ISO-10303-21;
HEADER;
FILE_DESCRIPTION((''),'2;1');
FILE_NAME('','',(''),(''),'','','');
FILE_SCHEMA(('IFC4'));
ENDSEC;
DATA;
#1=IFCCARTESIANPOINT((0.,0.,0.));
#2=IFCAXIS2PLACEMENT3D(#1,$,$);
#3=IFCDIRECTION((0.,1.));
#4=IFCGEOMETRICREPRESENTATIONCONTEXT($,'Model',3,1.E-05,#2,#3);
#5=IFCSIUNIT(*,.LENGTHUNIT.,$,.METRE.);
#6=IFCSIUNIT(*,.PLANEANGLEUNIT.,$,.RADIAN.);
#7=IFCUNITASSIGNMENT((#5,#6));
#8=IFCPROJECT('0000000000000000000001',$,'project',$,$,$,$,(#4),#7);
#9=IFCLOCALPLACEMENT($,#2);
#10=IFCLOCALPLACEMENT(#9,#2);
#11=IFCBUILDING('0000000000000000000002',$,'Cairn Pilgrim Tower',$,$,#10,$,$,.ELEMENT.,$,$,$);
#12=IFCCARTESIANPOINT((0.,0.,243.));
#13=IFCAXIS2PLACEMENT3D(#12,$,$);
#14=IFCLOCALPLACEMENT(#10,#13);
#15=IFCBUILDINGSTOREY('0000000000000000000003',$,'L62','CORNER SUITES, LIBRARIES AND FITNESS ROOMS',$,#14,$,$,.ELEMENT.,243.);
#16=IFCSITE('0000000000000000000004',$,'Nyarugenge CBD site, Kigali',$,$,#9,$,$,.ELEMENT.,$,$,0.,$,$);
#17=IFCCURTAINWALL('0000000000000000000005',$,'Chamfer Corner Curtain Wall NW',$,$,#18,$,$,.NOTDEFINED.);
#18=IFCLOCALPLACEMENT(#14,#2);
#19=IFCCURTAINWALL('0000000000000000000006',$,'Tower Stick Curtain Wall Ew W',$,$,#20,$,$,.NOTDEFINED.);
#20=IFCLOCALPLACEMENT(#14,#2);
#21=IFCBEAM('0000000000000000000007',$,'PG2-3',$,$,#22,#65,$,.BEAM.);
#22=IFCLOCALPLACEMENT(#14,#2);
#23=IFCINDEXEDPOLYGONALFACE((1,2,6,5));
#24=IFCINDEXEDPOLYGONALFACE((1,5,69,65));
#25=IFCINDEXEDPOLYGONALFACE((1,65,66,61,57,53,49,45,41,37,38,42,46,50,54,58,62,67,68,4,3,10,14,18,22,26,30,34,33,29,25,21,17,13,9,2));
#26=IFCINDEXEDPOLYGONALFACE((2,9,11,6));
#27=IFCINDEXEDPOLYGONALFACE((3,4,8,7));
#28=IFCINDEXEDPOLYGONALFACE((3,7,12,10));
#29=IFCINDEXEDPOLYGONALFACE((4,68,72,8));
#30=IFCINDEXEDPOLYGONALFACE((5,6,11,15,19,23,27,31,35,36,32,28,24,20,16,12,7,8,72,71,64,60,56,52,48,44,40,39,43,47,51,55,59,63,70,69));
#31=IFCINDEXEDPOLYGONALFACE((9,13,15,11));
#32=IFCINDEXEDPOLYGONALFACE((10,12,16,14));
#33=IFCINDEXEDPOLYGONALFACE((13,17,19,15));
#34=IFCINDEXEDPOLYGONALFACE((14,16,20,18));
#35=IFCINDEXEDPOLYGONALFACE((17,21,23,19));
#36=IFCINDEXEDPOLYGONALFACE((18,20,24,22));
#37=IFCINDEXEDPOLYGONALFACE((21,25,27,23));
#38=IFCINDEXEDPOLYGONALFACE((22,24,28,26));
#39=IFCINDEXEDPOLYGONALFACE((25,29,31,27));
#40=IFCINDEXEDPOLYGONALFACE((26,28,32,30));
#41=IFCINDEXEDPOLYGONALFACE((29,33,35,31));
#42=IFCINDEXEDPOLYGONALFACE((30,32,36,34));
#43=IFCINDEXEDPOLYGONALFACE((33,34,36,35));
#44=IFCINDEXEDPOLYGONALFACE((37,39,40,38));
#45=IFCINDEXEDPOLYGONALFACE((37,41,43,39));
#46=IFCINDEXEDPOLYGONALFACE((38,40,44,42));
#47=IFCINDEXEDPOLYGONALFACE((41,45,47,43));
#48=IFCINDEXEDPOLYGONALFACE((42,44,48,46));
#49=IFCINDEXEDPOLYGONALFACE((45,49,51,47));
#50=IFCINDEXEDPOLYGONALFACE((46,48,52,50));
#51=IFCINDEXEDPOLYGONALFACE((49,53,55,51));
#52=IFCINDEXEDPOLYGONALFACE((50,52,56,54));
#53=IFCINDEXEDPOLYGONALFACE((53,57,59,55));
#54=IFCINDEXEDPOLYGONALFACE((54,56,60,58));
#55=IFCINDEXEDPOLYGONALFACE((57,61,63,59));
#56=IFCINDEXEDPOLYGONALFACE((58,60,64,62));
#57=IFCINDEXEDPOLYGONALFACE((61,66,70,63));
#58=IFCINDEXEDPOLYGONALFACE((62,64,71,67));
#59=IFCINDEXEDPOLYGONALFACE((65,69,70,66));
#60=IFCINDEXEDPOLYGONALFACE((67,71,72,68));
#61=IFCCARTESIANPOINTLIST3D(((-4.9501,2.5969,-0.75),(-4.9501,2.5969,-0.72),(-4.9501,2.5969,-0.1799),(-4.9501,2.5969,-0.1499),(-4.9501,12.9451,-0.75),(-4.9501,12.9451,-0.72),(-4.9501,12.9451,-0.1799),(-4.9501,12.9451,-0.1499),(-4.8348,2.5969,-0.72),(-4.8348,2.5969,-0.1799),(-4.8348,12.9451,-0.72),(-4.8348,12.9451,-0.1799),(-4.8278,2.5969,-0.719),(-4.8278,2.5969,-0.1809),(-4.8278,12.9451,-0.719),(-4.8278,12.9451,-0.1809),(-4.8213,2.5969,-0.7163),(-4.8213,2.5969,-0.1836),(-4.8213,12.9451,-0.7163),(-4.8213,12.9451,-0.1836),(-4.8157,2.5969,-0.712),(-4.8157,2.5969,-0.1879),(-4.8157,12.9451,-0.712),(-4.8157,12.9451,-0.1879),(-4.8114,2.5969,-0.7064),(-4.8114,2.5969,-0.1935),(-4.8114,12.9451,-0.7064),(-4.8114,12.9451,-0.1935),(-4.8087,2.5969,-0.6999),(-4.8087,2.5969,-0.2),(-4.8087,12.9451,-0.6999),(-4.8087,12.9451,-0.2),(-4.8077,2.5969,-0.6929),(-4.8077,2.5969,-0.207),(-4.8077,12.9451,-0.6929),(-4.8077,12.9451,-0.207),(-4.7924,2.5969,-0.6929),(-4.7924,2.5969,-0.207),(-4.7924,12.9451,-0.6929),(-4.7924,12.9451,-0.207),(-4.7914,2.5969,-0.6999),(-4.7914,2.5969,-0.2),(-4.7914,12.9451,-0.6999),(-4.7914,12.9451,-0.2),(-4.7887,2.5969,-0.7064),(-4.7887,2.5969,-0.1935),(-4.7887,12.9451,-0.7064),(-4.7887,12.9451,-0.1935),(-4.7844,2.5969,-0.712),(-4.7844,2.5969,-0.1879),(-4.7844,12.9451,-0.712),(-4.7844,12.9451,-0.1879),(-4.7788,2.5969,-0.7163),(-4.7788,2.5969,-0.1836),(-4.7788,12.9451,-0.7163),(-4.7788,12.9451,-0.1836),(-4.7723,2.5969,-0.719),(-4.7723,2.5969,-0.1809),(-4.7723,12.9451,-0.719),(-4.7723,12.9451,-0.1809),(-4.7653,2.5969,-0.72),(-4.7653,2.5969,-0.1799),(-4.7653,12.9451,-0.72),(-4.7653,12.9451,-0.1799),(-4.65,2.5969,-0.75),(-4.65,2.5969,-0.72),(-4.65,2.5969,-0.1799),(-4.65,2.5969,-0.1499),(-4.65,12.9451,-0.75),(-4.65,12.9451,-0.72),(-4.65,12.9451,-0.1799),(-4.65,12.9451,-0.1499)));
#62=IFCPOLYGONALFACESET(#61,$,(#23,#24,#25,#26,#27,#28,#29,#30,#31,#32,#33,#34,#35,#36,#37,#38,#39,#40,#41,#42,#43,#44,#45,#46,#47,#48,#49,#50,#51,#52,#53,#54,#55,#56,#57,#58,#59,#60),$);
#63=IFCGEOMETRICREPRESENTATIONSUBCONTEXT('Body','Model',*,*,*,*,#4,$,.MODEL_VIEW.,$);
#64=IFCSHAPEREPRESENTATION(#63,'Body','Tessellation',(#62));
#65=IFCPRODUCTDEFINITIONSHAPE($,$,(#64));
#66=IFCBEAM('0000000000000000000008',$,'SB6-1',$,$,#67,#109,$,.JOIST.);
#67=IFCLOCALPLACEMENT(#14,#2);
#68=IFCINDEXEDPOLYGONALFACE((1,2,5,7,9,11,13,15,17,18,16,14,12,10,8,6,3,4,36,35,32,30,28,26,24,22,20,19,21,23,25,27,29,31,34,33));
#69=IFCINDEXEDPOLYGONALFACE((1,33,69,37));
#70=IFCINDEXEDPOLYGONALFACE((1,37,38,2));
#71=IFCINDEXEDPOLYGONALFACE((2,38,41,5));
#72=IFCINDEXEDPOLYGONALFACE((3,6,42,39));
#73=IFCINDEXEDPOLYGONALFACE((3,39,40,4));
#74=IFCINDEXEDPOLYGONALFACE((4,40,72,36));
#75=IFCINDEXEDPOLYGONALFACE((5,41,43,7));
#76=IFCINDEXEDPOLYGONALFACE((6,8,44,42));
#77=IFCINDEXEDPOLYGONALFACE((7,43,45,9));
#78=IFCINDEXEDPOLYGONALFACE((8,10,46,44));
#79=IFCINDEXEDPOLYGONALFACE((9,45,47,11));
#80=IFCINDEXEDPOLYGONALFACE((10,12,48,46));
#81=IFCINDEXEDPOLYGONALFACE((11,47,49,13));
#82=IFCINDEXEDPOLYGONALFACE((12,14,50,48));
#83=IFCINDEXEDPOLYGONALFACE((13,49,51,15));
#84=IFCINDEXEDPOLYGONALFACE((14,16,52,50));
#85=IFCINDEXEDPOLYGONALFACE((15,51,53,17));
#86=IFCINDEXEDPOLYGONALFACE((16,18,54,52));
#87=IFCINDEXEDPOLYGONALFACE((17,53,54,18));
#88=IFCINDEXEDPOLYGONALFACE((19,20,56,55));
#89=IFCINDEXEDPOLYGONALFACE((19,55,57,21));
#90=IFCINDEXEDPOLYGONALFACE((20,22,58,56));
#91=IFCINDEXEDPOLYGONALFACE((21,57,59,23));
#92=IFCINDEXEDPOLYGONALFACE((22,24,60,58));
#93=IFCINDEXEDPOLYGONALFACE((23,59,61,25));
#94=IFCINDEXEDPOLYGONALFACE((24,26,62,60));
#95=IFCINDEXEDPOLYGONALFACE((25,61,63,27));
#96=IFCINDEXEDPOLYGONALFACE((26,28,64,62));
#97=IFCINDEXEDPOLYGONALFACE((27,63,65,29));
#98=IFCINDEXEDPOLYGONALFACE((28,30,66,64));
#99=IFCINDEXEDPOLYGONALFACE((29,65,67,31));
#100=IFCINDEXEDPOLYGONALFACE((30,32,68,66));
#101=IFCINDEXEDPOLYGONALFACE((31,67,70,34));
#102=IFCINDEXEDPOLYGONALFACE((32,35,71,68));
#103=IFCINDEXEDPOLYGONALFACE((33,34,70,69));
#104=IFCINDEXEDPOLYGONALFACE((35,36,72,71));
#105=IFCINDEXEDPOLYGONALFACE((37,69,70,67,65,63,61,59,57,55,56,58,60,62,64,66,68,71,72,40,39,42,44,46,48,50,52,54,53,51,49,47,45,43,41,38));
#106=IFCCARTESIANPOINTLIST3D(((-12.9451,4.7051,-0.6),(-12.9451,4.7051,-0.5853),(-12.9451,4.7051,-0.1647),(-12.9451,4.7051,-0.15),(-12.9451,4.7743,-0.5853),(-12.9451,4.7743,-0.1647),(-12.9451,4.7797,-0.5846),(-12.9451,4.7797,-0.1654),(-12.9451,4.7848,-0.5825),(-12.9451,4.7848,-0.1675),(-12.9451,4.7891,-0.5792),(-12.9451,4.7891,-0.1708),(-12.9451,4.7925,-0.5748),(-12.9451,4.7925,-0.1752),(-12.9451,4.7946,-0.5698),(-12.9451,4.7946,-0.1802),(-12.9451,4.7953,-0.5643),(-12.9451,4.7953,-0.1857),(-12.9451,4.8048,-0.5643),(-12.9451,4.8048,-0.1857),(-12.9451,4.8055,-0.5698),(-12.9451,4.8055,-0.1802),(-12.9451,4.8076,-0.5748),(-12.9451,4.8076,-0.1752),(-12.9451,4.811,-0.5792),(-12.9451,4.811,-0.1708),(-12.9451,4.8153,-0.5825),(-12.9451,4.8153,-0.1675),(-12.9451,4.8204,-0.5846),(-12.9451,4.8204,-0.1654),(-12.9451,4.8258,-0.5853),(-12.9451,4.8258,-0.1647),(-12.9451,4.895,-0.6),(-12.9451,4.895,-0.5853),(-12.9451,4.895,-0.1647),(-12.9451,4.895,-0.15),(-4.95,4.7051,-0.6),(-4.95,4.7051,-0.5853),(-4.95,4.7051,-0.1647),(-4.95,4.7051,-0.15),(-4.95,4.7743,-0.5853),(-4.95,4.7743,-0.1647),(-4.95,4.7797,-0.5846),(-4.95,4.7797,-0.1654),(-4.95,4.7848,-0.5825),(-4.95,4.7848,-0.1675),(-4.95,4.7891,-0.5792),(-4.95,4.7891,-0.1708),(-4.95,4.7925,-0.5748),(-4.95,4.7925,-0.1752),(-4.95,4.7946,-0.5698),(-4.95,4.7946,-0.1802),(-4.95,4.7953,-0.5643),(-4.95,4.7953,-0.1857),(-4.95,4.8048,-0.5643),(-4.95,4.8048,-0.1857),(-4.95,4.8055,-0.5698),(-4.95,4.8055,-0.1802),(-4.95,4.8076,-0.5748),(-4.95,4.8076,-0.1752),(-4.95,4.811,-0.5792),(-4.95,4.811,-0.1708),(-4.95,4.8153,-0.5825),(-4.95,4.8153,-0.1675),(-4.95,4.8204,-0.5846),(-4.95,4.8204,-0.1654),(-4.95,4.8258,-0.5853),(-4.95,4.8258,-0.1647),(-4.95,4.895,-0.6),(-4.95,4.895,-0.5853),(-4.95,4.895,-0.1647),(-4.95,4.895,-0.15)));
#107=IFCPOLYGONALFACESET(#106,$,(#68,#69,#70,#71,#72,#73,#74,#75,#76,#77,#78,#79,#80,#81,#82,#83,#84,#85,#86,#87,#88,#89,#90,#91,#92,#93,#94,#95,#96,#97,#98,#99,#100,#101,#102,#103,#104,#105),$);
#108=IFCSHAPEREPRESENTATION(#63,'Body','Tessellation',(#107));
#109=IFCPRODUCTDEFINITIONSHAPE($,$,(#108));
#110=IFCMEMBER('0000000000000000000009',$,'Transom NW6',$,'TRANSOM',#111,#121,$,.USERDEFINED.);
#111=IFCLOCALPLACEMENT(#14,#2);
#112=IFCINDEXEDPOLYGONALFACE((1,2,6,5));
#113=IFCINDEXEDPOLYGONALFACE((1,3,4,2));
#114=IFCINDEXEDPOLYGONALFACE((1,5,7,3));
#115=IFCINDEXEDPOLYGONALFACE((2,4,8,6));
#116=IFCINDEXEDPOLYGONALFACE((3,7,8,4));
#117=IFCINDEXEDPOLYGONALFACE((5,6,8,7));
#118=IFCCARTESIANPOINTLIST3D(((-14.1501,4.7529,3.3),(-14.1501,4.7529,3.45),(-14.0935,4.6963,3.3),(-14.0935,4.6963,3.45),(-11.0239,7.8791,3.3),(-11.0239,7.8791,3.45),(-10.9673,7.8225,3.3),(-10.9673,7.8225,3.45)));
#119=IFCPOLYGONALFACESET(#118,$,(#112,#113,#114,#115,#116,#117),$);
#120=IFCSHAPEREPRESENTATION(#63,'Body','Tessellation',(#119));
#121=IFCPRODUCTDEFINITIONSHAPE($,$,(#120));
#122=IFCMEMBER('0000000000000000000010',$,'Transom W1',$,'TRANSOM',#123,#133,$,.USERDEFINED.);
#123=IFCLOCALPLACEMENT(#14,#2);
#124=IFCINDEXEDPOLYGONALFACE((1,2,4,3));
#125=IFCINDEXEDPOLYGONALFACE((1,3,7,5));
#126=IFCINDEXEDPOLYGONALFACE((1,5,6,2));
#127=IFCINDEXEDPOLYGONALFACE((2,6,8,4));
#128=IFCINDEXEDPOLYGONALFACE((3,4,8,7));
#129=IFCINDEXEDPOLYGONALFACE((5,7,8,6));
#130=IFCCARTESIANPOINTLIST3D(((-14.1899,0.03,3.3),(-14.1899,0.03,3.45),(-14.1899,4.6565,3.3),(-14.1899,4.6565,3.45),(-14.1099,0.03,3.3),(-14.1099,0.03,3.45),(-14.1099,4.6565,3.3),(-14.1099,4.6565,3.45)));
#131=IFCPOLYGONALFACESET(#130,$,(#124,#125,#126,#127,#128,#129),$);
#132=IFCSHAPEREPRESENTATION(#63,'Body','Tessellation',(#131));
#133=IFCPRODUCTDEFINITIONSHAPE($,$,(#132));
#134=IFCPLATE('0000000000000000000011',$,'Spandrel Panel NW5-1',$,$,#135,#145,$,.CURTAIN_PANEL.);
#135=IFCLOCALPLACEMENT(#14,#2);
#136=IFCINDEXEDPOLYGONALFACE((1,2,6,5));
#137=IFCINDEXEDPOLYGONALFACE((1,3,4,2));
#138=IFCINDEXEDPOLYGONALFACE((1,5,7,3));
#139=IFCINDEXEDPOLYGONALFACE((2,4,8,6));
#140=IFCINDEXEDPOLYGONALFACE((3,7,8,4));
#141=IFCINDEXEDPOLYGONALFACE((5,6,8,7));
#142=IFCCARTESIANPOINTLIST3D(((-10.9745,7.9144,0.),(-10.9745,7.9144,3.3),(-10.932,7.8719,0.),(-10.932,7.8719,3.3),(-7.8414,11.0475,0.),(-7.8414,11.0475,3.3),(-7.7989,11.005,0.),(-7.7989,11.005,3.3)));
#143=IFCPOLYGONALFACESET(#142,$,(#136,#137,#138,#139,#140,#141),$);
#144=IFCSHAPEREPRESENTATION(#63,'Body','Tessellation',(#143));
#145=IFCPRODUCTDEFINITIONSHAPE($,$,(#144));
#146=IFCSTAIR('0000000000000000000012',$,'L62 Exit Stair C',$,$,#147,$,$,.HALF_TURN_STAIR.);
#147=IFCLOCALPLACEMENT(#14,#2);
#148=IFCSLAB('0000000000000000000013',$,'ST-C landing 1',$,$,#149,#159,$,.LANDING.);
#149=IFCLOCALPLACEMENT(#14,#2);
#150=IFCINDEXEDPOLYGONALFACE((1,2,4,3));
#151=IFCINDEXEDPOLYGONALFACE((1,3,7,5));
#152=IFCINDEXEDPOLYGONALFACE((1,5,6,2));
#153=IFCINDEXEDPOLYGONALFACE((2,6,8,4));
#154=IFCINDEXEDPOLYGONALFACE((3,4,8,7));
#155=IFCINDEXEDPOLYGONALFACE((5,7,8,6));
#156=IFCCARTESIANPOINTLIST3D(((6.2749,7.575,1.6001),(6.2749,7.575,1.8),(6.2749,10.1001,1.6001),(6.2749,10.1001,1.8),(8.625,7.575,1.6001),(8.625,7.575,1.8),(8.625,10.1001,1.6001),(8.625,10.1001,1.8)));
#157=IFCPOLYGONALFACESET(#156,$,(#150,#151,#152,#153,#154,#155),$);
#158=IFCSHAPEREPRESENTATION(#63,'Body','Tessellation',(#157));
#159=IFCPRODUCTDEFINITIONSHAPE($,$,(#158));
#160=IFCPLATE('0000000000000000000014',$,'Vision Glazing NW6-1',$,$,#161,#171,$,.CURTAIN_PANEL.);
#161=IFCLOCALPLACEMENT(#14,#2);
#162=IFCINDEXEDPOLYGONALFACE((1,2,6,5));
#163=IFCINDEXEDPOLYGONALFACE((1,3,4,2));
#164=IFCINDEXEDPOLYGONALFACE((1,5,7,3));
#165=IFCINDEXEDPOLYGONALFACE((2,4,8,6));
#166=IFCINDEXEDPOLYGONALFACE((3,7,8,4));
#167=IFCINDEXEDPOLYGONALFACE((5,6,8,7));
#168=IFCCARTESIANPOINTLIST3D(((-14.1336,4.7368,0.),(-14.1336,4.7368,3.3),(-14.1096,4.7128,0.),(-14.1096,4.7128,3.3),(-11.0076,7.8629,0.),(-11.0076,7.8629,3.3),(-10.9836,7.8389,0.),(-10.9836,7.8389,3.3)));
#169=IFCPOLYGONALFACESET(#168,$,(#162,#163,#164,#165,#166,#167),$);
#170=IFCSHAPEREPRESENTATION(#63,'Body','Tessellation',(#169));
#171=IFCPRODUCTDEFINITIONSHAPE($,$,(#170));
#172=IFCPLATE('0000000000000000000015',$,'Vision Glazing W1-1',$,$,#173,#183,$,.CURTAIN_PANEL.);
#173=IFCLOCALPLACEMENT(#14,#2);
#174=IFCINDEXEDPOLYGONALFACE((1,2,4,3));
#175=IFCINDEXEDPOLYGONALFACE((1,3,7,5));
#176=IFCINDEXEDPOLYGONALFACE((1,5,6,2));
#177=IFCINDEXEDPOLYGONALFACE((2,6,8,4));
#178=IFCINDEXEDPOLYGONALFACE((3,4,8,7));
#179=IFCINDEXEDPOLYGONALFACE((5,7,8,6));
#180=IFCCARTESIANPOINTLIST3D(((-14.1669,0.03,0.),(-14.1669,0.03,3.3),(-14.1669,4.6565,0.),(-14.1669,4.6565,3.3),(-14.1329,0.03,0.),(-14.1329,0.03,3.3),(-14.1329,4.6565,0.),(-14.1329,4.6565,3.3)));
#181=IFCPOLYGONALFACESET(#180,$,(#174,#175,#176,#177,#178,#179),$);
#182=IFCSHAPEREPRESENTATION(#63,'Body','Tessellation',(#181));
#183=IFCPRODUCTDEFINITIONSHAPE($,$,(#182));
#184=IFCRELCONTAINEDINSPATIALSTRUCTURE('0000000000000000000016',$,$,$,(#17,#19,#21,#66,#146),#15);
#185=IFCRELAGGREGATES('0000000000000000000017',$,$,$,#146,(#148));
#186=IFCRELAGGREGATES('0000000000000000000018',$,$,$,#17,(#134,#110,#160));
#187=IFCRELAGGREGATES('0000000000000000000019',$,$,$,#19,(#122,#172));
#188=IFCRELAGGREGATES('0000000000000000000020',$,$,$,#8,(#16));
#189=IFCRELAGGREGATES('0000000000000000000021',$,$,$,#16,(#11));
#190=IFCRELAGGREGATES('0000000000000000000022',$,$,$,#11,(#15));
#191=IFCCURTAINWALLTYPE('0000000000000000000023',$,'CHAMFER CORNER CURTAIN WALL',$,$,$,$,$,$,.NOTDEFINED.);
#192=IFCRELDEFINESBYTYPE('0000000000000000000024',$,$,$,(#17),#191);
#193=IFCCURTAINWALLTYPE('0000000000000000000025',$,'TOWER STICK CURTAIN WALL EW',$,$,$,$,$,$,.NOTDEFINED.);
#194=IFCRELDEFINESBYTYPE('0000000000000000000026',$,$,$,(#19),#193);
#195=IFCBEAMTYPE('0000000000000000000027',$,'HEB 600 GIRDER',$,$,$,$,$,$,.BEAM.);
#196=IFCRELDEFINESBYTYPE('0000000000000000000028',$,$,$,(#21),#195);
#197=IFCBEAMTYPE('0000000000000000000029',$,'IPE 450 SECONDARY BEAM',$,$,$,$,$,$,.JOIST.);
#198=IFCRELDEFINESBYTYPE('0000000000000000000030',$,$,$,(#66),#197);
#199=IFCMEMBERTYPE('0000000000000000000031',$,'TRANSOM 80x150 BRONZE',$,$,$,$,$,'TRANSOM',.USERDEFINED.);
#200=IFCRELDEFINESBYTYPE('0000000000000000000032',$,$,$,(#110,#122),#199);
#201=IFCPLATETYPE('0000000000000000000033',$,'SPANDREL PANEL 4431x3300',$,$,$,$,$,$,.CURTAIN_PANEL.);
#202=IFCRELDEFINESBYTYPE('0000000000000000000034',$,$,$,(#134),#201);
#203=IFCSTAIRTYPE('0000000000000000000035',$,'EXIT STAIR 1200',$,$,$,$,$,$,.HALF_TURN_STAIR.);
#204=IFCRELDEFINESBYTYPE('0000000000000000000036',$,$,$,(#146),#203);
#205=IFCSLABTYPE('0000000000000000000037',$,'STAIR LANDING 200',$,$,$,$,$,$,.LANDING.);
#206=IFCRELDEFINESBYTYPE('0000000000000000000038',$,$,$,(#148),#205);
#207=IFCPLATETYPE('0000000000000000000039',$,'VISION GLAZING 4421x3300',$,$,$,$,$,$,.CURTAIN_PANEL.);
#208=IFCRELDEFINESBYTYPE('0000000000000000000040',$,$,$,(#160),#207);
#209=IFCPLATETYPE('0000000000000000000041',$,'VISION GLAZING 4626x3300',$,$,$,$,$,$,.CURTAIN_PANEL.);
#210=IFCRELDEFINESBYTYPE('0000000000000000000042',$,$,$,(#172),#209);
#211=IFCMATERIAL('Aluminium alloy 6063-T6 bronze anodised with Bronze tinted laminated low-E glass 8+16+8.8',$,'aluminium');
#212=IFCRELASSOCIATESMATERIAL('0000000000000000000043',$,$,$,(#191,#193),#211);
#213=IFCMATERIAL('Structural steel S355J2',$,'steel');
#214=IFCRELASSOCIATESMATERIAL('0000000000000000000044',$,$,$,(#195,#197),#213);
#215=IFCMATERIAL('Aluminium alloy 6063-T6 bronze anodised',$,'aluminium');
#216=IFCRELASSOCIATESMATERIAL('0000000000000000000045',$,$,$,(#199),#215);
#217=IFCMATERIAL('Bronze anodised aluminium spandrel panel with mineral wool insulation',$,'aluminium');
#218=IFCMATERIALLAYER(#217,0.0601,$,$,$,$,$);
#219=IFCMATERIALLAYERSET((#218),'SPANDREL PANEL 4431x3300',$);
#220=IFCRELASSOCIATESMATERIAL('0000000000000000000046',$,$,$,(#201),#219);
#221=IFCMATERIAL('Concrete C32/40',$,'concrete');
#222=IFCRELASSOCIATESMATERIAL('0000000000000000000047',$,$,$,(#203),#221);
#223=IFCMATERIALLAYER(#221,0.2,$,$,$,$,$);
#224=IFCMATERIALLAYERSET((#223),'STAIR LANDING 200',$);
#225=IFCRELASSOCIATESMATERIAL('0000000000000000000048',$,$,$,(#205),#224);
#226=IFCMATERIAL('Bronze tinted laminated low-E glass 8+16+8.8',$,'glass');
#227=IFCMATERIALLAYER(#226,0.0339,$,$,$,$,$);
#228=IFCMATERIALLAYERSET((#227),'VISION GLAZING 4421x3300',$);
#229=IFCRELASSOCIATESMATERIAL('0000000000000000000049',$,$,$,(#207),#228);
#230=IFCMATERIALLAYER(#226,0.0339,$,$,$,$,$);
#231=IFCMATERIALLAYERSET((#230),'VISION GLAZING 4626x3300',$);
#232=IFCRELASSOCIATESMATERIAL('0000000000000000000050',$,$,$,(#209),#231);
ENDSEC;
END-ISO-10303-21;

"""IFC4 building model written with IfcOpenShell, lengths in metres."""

from ifc_helpers import new_model, si_unit, direction, frame, origin, origin_2d, place, context, subcontext, project, spatial, polyline, rectangle, i_section, outline, extrude, material, layer, layer_set, material_profile, profile_set, type_object, element, aggregate, save


model = new_model("IFC4")

# Units and contexts
model_context = context("Model", 3, precision=1e-05, world=origin(), true_north=direction((0.0, 1.0)))
body_context = subcontext(model_context, "Body", "Model", "MODEL_VIEW")
ifc_project = project(units=[si_unit("LENGTHUNIT", "METRE"), si_unit("PLANEANGLEUNIT", "RADIAN")], contexts=[model_context])

# Site, building, storey
site_placement = place(None, origin())
site = spatial("IfcSite", under=ifc_project, at=site_placement, Name="Nyarugenge CBD site, Kigali", CompositionType="ELEMENT", RefElevation=0.0)
building_placement = place(site_placement, origin())
building = spatial("IfcBuilding", under=site, at=building_placement, Name="Cairn Pilgrim Tower", CompositionType="ELEMENT")
storey_placement = place(building_placement, frame((0.0, 0.0, 243.0)))
storey = spatial("IfcBuildingStorey", under=building, at=storey_placement, Name="L62", Description="CORNER SUITES, LIBRARIES AND FITNESS ROOMS", CompositionType="ELEMENT", Elevation=243.0)

# Shared definitions
ifc_material_1 = material(Name="Structural steel S355J2", Category="steel")

# Curtain walls
ifc_material_2 = material(Name="Aluminium alloy 6063-T6 bronze anodised with Bronze tinted laminated low-E glass 8+16+8.8", Category="aluminium")
curtain_wall_type_1 = type_object("IfcCurtainWallType", Name="CHAMFER CORNER CURTAIN WALL", PredefinedType="NOTDEFINED", material=ifc_material_2)
curtain_wall_1_placement = place(storey_placement, origin())
curtain_wall_1 = element("IfcCurtainWall", 1, at=curtain_wall_1_placement, inside=storey, type_object=curtain_wall_type_1, Name="Chamfer Corner Curtain Wall NW", PredefinedType="NOTDEFINED")
ifc_material_3 = material(Name="Aluminium alloy 6063-T6 bronze anodised", Category="aluminium")
curtain_wall_type_2 = type_object("IfcCurtainWallType", Name="TOWER STICK CURTAIN WALL EW", PredefinedType="NOTDEFINED", material=ifc_material_2)
curtain_wall_2_placement = place(storey_placement, origin())
curtain_wall_2 = element("IfcCurtainWall", 2, at=curtain_wall_2_placement, inside=storey, type_object=curtain_wall_type_2, Name="Tower Stick Curtain Wall Ew W", PredefinedType="NOTDEFINED")

# Beams
ifc_material_profile_1 = material_profile(ifc_material_1, i_section(OverallWidth=0.3, OverallDepth=0.6001, WebThickness=0.0154, FlangeThickness=0.03, FilletRadius=0.0271, at=origin_2d()), Name="HEB 600")
ifc_profile_set_1 = profile_set([ifc_material_profile_1], Name="Structural steel S355J2")
beam_type_1 = type_object("IfcBeamType", Name="HEB 600 GIRDER", PredefinedType="BEAM", material=ifc_profile_set_1)
beam_1_placement = place(storey_placement, frame((-4.8, 2.5969, -0.45), z_axis=(0.0, 1.0, 0.0), x_axis=(-1.0, 0.0, 0.0)))
element("IfcBeam", 3, at=beam_1_placement, inside=storey, type_object=beam_type_1, Name="PG2-3", PredefinedType="BEAM", context=body_context, shape_type="SweptSolid", body=[
    extrude(i_section(OverallWidth=0.3, OverallDepth=0.6001, WebThickness=0.0154, FlangeThickness=0.03, FilletRadius=0.0271, at=origin_2d()), origin(), (0.0, 0.0, 1.0), 10.3481),
])
ifc_material_profile_2 = material_profile(ifc_material_1, i_section(OverallWidth=0.1899, OverallDepth=0.45, WebThickness=0.0095, FlangeThickness=0.0146, FilletRadius=0.021, at=origin_2d()), Name="IPE 450")
ifc_profile_set_2 = profile_set([ifc_material_profile_2], Name="Structural steel S355J2")
beam_type_2 = type_object("IfcBeamType", Name="IPE 450 SECONDARY BEAM", PredefinedType="JOIST", material=ifc_profile_set_2)
beam_2_placement = place(storey_placement, frame((-12.9451, 4.8, -0.375), z_axis=(1.0, 0.0, 0.0), x_axis=(0.0, 1.0, 0.0)))
element("IfcBeam", 4, at=beam_2_placement, inside=storey, type_object=beam_type_2, Name="SB6-1", PredefinedType="JOIST", context=body_context, shape_type="SweptSolid", body=[
    extrude(i_section(OverallWidth=0.1899, OverallDepth=0.45, WebThickness=0.0095, FlangeThickness=0.0146, FilletRadius=0.021, at=origin_2d()), origin(), (0.0, 0.0, 1.0), 7.9951),
])

# Members
ifc_material_profile_3 = material_profile(ifc_material_3, rectangle(XDim=0.0801, YDim=0.1499, at=origin_2d()), Name="TRANSOM 80x150 BRONZE")
ifc_profile_set_3 = profile_set([ifc_material_profile_3], Name="Aluminium alloy 6063-T6 bronze anodised")
member_type_1 = type_object("IfcMemberType", Name="TRANSOM 80x150 BRONZE", ElementType="TRANSOM", PredefinedType="USERDEFINED", material=ifc_profile_set_3)
member_1_placement = place(storey_placement, frame((-10.9956, 7.8508, 3.375), z_axis=(-0.707107, -0.707107, 0.0), x_axis=(0.707107, -0.707107, 0.0)))
member_1 = element("IfcMember", 5, at=member_1_placement, type_object=member_type_1, Name="Transom NW6", ObjectType="TRANSOM", PredefinedType="USERDEFINED", context=body_context, shape_type="SweptSolid", body=[
    extrude(rectangle(XDim=0.0801, YDim=0.1499, at=origin_2d()), origin(), (0.0, 0.0, 1.0), 4.4211),
])
member_2_placement = place(storey_placement, frame((-14.1499, 4.6565, 3.375), z_axis=(0.0, -1.0, 0.0), x_axis=(1.0, 0.0, 0.0)))
member_2 = element("IfcMember", 6, at=member_2_placement, type_object=member_type_1, Name="Transom W1", ObjectType="TRANSOM", PredefinedType="USERDEFINED", context=body_context, shape_type="SweptSolid", body=[
    extrude(rectangle(XDim=0.0801, YDim=0.1499, at=origin_2d()), origin(), (0.0, 0.0, 1.0), 4.6265),
])

# Plate
ifc_material_4 = material(Name="Bronze anodised aluminium spandrel panel with mineral wool insulation", Category="aluminium")
ifc_layer_1 = layer(ifc_material_4, 0.0601)
ifc_layer_set_1 = layer_set([ifc_layer_1], Name="SPANDREL PANEL 4431x3300")
plate_type_1 = type_object("IfcPlateType", Name="SPANDREL PANEL 4431x3300", PredefinedType="CURTAIN_PANEL", material=ifc_layer_set_1)
plate_1_placement = place(storey_placement, frame((-9.3867, 9.4597, 0.0), z_axis=(0.0, 0.0, 1.0), x_axis=(-0.707107, -0.707107, 0.0)))
plate_1 = element("IfcPlate", 7, at=plate_1_placement, type_object=plate_type_1, Name="Spandrel Panel NW5-1", PredefinedType="CURTAIN_PANEL", context=body_context, shape_type="SweptSolid", body=[
    extrude(rectangle(XDim=4.4309, YDim=0.0601, at=origin_2d()), origin(), (0.0, 0.0, 1.0), 3.3),
])

# Stair, slab
ifc_material_5 = material(Name="Concrete C32/40", Category="concrete")
stair_type = type_object("IfcStairType", Name="EXIT STAIR 1200", PredefinedType="HALF_TURN_STAIR", material=ifc_material_5)
stair_placement = place(storey_placement, origin())
stair = element("IfcStair", 8, at=stair_placement, inside=storey, type_object=stair_type, Name="L62 Exit Stair C", PredefinedType="HALF_TURN_STAIR")
ifc_layer_2 = layer(ifc_material_5, 0.2)
ifc_layer_set_2 = layer_set([ifc_layer_2], Name="STAIR LANDING 200")
slab_type = type_object("IfcSlabType", Name="STAIR LANDING 200", PredefinedType="LANDING", material=ifc_layer_set_2)
slab_placement = place(storey_placement, frame((0.0, 0.0, 1.6001)))
slab = element("IfcSlab", 9, at=slab_placement, type_object=slab_type, Name="ST-C landing 1", PredefinedType="LANDING", context=body_context, shape_type="SweptSolid", body=[
    extrude(outline(polyline([(8.625, 10.1001), (6.2749, 10.1001), (6.2749, 7.575), (8.625, 7.575), (8.625, 10.1001)])), origin(), (0.0, 0.0, 1.0), 0.2),
])
aggregate(stair, [slab])

# Plates
ifc_material_6 = material(Name="Bronze tinted laminated low-E glass 8+16+8.8", Category="glass")
ifc_layer_3 = layer(ifc_material_6, 0.0339)
ifc_layer_set_3 = layer_set([ifc_layer_3], Name="VISION GLAZING 4421x3300")
plate_type_2 = type_object("IfcPlateType", Name="VISION GLAZING 4421x3300", PredefinedType="CURTAIN_PANEL", material=ifc_layer_set_3)
plate_2_placement = place(storey_placement, frame((-12.5586, 6.2878, 0.0), z_axis=(0.0, 0.0, 1.0), x_axis=(-0.707107, -0.707107, 0.0)))
plate_2 = element("IfcPlate", 10, at=plate_2_placement, type_object=plate_type_2, Name="Vision Glazing NW6-1", PredefinedType="CURTAIN_PANEL", context=body_context, shape_type="SweptSolid", body=[
    extrude(rectangle(XDim=4.4209, YDim=0.0339, at=origin_2d()), origin(), (0.0, 0.0, 1.0), 3.3),
])
aggregate(curtain_wall_1, [plate_1, member_1, plate_2])
ifc_layer_4 = layer(ifc_material_6, 0.0339)
ifc_layer_set_4 = layer_set([ifc_layer_4], Name="VISION GLAZING 4626x3300")
plate_type_3 = type_object("IfcPlateType", Name="VISION GLAZING 4626x3300", PredefinedType="CURTAIN_PANEL", material=ifc_layer_set_4)
plate_3_placement = place(storey_placement, frame((-14.1499, 2.3433, 0.0), z_axis=(0.0, 0.0, 1.0), x_axis=(0.0, -1.0, 0.0)))
plate_3 = element("IfcPlate", 11, at=plate_3_placement, type_object=plate_type_3, Name="Vision Glazing W1-1", PredefinedType="CURTAIN_PANEL", context=body_context, shape_type="SweptSolid", body=[
    extrude(rectangle(XDim=4.6265, YDim=0.0339, at=origin_2d()), origin(), (0.0, 0.0, 1.0), 3.3),
])
aggregate(curtain_wall_2, [member_2, plate_3])

save(model, "model.ifc")
